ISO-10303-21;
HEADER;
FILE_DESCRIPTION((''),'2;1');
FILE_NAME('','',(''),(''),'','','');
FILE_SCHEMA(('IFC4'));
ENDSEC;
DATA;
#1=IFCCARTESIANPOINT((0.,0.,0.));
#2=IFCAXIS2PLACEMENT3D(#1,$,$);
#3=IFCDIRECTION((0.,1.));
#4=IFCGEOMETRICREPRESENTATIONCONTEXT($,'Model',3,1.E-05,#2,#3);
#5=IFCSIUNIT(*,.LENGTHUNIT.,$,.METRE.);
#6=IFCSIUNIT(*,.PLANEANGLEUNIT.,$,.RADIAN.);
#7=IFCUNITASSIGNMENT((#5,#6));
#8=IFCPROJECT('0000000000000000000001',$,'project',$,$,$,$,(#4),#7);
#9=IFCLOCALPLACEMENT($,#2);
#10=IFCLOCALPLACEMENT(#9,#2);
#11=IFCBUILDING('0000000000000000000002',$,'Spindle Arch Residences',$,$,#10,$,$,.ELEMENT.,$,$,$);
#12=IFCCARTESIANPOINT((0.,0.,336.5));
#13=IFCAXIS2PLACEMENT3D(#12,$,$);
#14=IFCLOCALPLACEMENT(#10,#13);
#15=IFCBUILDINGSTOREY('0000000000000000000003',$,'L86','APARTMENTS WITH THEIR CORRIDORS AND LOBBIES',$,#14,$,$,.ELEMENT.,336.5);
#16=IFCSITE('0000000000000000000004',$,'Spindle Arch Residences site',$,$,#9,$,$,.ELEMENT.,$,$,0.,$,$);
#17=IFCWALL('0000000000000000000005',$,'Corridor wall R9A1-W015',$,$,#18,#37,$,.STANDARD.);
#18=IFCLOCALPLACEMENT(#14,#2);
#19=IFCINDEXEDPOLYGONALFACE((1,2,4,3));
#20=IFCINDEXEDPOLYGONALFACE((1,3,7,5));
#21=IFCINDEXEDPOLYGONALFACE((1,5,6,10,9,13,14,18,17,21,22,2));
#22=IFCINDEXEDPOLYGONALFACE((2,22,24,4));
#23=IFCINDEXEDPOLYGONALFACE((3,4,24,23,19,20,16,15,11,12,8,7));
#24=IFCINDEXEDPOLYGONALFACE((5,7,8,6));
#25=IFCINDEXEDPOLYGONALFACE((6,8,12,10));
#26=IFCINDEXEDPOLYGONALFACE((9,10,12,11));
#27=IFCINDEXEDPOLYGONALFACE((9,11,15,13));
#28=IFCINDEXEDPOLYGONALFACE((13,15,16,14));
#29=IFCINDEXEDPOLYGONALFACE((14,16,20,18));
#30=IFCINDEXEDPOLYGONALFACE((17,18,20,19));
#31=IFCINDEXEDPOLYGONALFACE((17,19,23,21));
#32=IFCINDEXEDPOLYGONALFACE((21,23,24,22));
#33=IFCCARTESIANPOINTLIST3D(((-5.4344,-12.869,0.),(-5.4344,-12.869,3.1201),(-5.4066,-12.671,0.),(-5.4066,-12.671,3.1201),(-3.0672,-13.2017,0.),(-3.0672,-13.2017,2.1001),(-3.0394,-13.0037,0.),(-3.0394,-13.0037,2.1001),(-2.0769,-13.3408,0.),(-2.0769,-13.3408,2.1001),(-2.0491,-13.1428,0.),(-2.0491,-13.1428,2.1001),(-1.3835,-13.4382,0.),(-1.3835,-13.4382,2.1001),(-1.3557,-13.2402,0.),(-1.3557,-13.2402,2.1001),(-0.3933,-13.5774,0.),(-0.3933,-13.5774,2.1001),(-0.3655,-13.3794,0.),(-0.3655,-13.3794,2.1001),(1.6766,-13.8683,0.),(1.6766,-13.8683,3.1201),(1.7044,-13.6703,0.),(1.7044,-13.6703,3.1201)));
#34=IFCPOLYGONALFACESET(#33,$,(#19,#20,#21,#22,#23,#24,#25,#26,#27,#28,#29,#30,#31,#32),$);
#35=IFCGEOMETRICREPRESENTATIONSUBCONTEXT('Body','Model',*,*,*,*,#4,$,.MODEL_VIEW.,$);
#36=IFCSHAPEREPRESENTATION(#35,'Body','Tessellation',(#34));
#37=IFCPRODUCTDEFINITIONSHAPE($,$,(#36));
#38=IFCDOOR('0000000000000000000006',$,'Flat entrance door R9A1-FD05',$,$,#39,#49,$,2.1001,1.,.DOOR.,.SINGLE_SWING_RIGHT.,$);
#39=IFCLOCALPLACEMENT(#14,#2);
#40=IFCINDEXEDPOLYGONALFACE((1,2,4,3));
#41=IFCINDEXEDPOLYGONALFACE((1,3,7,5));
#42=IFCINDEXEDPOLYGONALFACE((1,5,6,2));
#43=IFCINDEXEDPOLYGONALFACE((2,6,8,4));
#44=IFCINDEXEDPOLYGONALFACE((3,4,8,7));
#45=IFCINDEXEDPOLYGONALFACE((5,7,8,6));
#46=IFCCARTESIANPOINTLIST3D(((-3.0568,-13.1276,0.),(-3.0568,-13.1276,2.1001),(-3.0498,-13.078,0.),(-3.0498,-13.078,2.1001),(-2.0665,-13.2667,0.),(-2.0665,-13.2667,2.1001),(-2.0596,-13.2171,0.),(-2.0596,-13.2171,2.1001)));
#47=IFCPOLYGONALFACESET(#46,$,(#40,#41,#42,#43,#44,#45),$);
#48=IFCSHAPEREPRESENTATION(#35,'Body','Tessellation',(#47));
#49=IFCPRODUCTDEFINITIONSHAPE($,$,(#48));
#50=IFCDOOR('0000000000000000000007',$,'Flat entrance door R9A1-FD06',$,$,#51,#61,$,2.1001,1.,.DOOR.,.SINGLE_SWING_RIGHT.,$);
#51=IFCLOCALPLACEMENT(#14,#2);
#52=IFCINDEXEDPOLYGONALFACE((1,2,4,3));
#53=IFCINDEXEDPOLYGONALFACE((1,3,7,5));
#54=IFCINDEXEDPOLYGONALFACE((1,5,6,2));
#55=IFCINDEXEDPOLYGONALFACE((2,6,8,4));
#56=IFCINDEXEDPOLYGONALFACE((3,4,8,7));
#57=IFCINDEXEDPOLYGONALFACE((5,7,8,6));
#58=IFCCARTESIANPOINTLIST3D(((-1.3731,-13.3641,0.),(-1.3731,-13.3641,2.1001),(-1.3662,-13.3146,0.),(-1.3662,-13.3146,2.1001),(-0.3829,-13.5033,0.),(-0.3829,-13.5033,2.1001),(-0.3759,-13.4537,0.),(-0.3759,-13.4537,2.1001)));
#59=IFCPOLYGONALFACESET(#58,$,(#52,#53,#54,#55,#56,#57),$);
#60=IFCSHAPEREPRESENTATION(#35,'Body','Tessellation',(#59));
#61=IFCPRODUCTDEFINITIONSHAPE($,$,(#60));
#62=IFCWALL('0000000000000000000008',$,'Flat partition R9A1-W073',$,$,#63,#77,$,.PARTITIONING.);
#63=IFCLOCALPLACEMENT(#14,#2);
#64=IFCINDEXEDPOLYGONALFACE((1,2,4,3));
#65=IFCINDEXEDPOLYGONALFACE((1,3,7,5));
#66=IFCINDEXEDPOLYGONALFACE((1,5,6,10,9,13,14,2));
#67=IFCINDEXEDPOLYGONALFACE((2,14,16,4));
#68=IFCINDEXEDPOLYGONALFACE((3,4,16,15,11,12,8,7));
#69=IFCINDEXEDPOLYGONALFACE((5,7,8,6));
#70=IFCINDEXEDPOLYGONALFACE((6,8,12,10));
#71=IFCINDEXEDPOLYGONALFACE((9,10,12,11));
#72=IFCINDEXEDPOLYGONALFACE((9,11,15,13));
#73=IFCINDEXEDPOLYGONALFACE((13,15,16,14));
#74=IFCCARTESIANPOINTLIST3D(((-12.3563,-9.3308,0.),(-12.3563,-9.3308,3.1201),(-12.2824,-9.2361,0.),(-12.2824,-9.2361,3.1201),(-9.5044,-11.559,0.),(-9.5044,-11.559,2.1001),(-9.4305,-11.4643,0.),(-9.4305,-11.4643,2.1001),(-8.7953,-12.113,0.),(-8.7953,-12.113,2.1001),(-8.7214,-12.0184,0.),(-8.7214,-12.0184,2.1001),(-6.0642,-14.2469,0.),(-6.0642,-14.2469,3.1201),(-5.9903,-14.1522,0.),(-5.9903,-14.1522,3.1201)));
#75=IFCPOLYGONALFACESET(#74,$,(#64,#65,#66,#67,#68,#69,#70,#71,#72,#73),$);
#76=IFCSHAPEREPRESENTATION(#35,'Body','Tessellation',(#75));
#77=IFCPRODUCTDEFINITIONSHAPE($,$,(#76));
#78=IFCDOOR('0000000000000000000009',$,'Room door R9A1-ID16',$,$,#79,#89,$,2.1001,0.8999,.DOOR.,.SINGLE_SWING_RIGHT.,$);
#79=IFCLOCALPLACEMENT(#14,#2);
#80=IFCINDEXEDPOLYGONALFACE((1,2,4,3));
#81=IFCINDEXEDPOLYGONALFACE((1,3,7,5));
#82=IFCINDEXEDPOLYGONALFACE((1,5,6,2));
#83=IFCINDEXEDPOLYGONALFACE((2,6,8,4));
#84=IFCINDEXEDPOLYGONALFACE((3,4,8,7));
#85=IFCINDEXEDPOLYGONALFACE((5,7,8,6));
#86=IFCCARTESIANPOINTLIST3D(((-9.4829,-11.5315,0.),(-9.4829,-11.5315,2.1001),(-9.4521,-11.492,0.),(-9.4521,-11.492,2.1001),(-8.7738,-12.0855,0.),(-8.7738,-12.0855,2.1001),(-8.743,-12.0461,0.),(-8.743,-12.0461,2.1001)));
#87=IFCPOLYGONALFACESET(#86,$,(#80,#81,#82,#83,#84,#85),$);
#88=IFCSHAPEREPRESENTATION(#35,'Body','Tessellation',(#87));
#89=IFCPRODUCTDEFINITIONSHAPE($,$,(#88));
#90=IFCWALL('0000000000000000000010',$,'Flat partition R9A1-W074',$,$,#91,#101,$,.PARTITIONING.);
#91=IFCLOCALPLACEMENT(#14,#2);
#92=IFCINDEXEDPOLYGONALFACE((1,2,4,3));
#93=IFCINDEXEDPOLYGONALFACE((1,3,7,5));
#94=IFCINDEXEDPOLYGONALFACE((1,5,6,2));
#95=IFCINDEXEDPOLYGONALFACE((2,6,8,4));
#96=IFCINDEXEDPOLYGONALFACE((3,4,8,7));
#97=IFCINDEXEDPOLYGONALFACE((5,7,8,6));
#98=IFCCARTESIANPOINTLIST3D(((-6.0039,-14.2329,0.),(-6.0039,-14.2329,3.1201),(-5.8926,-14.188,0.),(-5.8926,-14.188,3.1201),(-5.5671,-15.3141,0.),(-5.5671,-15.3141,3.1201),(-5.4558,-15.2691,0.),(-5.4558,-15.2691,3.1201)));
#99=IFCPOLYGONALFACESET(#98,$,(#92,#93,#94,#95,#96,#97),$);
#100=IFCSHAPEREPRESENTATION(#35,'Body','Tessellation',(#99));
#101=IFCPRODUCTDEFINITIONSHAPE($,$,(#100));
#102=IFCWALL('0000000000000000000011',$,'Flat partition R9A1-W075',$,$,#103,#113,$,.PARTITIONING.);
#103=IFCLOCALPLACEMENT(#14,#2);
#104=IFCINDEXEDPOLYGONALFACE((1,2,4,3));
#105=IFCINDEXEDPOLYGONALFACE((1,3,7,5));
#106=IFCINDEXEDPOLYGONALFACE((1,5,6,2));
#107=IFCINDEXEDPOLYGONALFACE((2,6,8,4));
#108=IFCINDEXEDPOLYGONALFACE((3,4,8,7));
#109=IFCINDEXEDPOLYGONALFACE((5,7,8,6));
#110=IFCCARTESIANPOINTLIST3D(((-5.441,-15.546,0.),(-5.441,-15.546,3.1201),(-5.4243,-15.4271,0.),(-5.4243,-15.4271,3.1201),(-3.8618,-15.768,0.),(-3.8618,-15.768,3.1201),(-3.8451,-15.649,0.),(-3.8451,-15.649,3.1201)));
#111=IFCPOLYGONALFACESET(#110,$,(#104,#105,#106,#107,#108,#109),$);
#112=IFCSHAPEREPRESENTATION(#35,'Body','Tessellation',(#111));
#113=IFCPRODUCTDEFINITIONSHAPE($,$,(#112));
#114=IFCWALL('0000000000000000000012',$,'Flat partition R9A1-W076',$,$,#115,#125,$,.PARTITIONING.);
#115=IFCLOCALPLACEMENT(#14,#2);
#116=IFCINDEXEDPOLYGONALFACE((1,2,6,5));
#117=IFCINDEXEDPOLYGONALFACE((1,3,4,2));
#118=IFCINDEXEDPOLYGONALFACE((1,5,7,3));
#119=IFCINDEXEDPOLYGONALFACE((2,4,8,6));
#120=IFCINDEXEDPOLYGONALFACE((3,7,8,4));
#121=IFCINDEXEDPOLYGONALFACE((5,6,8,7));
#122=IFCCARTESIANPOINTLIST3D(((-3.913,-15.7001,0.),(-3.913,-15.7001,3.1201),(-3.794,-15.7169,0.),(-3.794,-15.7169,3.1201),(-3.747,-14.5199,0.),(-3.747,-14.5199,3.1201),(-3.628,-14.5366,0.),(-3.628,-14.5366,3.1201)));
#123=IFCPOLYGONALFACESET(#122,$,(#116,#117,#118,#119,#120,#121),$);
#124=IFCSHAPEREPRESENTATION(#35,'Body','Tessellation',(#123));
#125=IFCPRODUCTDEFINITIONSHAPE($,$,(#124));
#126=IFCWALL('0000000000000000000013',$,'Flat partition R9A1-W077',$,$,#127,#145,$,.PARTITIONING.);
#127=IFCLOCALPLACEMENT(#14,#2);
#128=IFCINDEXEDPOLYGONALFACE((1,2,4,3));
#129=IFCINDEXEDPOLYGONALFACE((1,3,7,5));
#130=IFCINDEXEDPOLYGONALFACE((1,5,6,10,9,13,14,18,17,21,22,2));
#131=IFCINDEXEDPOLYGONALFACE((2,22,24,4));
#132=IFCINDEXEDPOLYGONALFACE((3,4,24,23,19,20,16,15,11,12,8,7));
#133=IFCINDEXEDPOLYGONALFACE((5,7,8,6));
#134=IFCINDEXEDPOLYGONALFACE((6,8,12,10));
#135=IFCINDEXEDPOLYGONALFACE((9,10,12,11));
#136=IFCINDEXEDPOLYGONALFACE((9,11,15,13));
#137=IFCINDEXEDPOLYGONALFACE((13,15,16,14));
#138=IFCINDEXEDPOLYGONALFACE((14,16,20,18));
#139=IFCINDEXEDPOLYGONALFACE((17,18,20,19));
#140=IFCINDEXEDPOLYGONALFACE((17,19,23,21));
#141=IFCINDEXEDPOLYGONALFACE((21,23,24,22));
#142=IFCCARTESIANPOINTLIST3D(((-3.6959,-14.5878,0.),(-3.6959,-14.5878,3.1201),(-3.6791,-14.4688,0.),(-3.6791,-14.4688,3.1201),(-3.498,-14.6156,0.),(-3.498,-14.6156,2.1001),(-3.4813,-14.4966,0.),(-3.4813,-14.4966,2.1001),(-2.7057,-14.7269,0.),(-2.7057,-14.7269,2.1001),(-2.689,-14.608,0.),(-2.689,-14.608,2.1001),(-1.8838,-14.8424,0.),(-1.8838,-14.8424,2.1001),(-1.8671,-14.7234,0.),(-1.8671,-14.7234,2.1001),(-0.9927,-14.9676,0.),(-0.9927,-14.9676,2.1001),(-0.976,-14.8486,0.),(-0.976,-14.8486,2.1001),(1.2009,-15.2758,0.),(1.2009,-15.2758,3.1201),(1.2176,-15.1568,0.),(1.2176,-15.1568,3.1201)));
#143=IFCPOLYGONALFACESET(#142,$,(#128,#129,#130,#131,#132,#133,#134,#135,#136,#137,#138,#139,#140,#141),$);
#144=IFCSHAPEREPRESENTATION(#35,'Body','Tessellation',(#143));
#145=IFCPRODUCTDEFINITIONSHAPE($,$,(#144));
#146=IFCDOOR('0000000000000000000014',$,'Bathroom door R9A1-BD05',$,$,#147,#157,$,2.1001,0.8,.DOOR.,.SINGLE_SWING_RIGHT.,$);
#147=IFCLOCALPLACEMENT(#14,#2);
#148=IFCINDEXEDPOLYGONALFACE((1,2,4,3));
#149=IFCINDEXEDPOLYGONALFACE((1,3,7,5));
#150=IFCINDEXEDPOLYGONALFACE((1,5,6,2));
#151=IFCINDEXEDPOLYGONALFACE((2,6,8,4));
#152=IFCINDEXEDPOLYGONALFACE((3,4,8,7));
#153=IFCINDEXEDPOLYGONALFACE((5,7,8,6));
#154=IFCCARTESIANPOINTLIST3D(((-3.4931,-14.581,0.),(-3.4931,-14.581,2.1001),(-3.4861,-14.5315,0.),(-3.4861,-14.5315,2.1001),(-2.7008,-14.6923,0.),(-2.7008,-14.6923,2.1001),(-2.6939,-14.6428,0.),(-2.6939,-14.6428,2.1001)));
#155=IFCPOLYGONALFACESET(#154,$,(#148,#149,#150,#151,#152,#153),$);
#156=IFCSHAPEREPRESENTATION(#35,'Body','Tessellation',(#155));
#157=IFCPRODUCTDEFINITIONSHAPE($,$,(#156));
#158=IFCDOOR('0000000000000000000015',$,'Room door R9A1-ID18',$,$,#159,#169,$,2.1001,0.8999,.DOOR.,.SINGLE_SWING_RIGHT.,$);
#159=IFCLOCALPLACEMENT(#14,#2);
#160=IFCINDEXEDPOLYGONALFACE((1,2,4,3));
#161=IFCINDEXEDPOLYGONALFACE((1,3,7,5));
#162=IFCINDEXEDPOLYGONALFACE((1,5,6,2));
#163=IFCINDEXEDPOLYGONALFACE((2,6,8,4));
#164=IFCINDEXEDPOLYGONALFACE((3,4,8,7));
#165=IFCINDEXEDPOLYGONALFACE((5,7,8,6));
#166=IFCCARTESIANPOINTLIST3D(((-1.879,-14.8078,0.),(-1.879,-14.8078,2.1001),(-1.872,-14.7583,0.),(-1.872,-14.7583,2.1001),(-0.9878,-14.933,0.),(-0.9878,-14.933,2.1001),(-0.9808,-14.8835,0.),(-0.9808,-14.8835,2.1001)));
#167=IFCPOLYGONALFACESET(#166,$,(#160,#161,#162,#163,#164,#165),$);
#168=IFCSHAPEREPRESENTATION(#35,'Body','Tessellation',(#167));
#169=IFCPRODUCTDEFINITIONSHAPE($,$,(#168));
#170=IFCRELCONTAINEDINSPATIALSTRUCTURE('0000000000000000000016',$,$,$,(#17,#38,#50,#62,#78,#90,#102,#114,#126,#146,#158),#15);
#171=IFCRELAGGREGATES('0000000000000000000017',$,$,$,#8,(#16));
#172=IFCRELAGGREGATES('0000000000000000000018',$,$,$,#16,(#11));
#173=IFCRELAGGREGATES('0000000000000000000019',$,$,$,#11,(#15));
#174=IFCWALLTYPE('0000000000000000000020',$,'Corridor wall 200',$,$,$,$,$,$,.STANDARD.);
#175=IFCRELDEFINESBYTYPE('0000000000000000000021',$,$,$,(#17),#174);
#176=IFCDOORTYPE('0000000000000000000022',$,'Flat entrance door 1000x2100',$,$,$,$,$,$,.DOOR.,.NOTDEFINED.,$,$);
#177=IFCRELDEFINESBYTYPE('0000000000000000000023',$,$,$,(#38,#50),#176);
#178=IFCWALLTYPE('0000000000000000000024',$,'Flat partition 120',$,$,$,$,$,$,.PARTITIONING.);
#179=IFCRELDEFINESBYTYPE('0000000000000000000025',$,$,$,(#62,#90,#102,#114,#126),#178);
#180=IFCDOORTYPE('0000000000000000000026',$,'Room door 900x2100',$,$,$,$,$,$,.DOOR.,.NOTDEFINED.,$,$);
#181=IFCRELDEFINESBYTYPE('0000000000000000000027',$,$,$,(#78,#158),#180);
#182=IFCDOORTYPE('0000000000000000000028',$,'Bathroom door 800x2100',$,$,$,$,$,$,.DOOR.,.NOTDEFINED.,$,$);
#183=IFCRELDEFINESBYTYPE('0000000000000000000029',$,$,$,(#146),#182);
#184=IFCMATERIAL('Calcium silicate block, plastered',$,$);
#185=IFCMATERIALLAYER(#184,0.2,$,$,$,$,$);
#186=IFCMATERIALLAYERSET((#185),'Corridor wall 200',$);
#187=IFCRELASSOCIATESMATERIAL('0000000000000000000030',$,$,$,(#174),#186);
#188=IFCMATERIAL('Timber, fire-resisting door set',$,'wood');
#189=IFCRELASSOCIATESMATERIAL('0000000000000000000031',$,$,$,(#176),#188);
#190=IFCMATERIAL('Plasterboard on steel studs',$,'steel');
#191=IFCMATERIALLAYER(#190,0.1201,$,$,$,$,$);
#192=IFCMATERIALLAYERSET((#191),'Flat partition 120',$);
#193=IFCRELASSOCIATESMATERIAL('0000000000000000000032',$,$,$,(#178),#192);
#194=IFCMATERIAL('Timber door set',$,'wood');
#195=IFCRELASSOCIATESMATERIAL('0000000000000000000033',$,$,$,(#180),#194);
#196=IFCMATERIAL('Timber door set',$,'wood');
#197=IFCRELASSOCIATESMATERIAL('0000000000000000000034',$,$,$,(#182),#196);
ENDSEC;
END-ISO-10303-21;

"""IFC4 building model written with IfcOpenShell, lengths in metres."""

from ifc_helpers import new_model, si_unit, direction, frame, frame_2d, origin, place, context, subcontext, project, spatial, rectangle, extrude, material, layer, layer_set, type_object, element, fill, save


model = new_model("IFC4")

# Units and contexts
model_context = context("Model", 3, precision=1e-05, world=origin(), true_north=direction((0.0, 1.0)))
body_context = subcontext(model_context, "Body", "Model", "MODEL_VIEW")
ifc_project = project(units=[si_unit("LENGTHUNIT", "METRE"), si_unit("PLANEANGLEUNIT", "RADIAN")], contexts=[model_context])

# Site, building, storey
site_placement = place(None, origin())
site = spatial("IfcSite", under=ifc_project, at=site_placement, Name="Spindle Arch Residences site", CompositionType="ELEMENT", RefElevation=0.0)
building_placement = place(site_placement, origin())
building = spatial("IfcBuilding", under=site, at=building_placement, Name="Spindle Arch Residences", CompositionType="ELEMENT")
storey_placement = place(building_placement, frame((0.0, 0.0, 336.5)))
storey = spatial("IfcBuildingStorey", under=building, at=storey_placement, Name="L86", Description="APARTMENTS WITH THEIR CORRIDORS AND LOBBIES", CompositionType="ELEMENT", Elevation=336.5)

# Wall, openings, doors
ifc_material_1 = material(Name="Calcium silicate block, plastered")
ifc_layer_1 = layer(ifc_material_1, 0.2)
ifc_layer_set_1 = layer_set([ifc_layer_1], Name="Corridor wall 200")
wall_type_1 = type_object("IfcWallType", Name="Corridor wall 200", PredefinedType="STANDARD", material=ifc_layer_set_1)
wall_1_placement = place(storey_placement, frame((-5.4204, -12.77, 0.0), z_axis=(0.0, 0.0, 1.0), x_axis=(0.990271, -0.139155, 0.0)))
wall_1 = element("IfcWall", 1, at=wall_1_placement, inside=storey, type_object=wall_type_1, Name="Corridor wall R9A1-W015", PredefinedType="STANDARD", context=body_context, shape_type="SweptSolid", body=[
    extrude(rectangle(XDim=7.1809, YDim=0.2, at=frame_2d((3.5903, 0.0))), origin(), (0.0, 0.0, 1.0), 3.1201),
])
opening_1_placement = place(wall_1_placement, frame((2.3904, 0.0, 0.0)))
opening_1 = element("IfcOpeningElement", 2, at=opening_1_placement, cuts=wall_1, PredefinedType="OPENING", context=body_context, shape_type="SweptSolid", body=[
    extrude(rectangle(XDim=1.0, YDim=2.1001, at=frame_2d((0.5, 1.05))), frame((0.0, 0.1099, 0.0), z_axis=(0.0, -1.0, 0.0), x_axis=(1.0, 0.0, 0.0)), (0.0, 0.0, 1.0), 0.22),
])
opening_2_placement = place(wall_1_placement, frame((4.0906, 0.0, 0.0)))
opening_2 = element("IfcOpeningElement", 3, at=opening_2_placement, cuts=wall_1, PredefinedType="OPENING", context=body_context, shape_type="SweptSolid", body=[
    extrude(rectangle(XDim=1.0, YDim=2.1001, at=frame_2d((0.5, 1.05))), frame((0.0, 0.1099, 0.0), z_axis=(0.0, -1.0, 0.0), x_axis=(1.0, 0.0, 0.0)), (0.0, 0.0, 1.0), 0.22),
])
ifc_material_2 = material(Name="Timber, fire-resisting door set", Category="wood")
door_type_1 = type_object("IfcDoorType", Name="Flat entrance door 1000x2100", OperationType="NOTDEFINED", PredefinedType="DOOR", material=ifc_material_2)
door_1_placement = place(opening_1_placement, origin())
door_1 = element("IfcDoor", 4, at=door_1_placement, inside=storey, type_object=door_type_1, Name="Flat entrance door R9A1-FD05", OperationType="SINGLE_SWING_RIGHT", OverallHeight=2.1001, OverallWidth=1.0, PredefinedType="DOOR", context=body_context, shape_type="SweptSolid", body=[
    extrude(rectangle(XDim=1.0, YDim=2.1001, at=frame_2d((0.5, 1.05))), frame((0.0, 0.0249, 0.0), z_axis=(0.0, -1.0, 0.0), x_axis=(1.0, 0.0, 0.0)), (0.0, 0.0, 1.0), 0.05),
])
fill(opening_1, door_1)
door_2_placement = place(opening_2_placement, origin())
door_2 = element("IfcDoor", 5, at=door_2_placement, inside=storey, type_object=door_type_1, Name="Flat entrance door R9A1-FD06", OperationType="SINGLE_SWING_RIGHT", OverallHeight=2.1001, OverallWidth=1.0, PredefinedType="DOOR", context=body_context, shape_type="SweptSolid", body=[
    extrude(rectangle(XDim=1.0, YDim=2.1001, at=frame_2d((0.5, 1.05))), frame((0.0, 0.0249, 0.0), z_axis=(0.0, -1.0, 0.0), x_axis=(1.0, 0.0, 0.0)), (0.0, 0.0, 1.0), 0.05),
])
fill(opening_2, door_2)

# Wall, opening, door
ifc_material_3 = material(Name="Plasterboard on steel studs", Category="steel")
ifc_layer_2 = layer(ifc_material_3, 0.1201)
ifc_layer_set_2 = layer_set([ifc_layer_2], Name="Flat partition 120")
wall_type_2 = type_object("IfcWallType", Name="Flat partition 120", PredefinedType="PARTITIONING", material=ifc_layer_set_2)
wall_2_placement = place(storey_placement, frame((-12.3193, -9.2834, 0.0), z_axis=(0.0, 0.0, 1.0), x_axis=(0.788, -0.615675, 0.0)))
wall_2 = element("IfcWall", 6, at=wall_2_placement, inside=storey, type_object=wall_type_2, Name="Flat partition R9A1-W073", PredefinedType="PARTITIONING", context=body_context, shape_type="SweptSolid", body=[
    extrude(rectangle(XDim=7.9849, YDim=0.1201, at=frame_2d((3.9924, 0.0))), origin(), (0.0, 0.0, 1.0), 3.1201),
])
opening_3_placement = place(wall_2_placement, frame((3.6191, 0.0, 0.0)))
opening_3 = element("IfcOpeningElement", 7, at=opening_3_placement, cuts=wall_2, PredefinedType="OPENING", context=body_context, shape_type="SweptSolid", body=[
    extrude(rectangle(XDim=0.8999, YDim=2.1001, at=frame_2d((0.45, 1.05))), frame((0.0, 0.0701, 0.0), z_axis=(0.0, -1.0, 0.0), x_axis=(1.0, 0.0, 0.0)), (0.0, 0.0, 1.0), 0.1401),
])
ifc_material_4 = material(Name="Timber door set", Category="wood")
door_type_2 = type_object("IfcDoorType", Name="Room door 900x2100", OperationType="NOTDEFINED", PredefinedType="DOOR", material=ifc_material_4)
door_3_placement = place(opening_3_placement, origin())
door_3 = element("IfcDoor", 8, at=door_3_placement, inside=storey, type_object=door_type_2, Name="Room door R9A1-ID16", OperationType="SINGLE_SWING_RIGHT", OverallHeight=2.1001, OverallWidth=0.8999, PredefinedType="DOOR", context=body_context, shape_type="SweptSolid", body=[
    extrude(rectangle(XDim=0.8999, YDim=2.1001, at=frame_2d((0.45, 1.05))), frame((0.0, 0.0249, 0.0), z_axis=(0.0, -1.0, 0.0), x_axis=(1.0, 0.0, 0.0)), (0.0, 0.0, 1.0), 0.05),
])
fill(opening_3, door_3)

# Walls
wall_3_placement = place(storey_placement, frame((-5.9482, -14.2104, 0.0), z_axis=(0.0, 0.0, 1.0), x_axis=(0.374602, -0.927186, 0.0)))
element("IfcWall", 9, at=wall_3_placement, inside=storey, type_object=wall_type_2, Name="Flat partition R9A1-W074", PredefinedType="PARTITIONING", context=body_context, shape_type="SweptSolid", body=[
    extrude(rectangle(XDim=1.166, YDim=0.1201, at=frame_2d((0.583, 0.0))), origin(), (0.0, 0.0, 1.0), 3.1201),
])
wall_4_placement = place(storey_placement, frame((-5.4326, -15.4866, 0.0), z_axis=(0.0, 0.0, 1.0), x_axis=(0.990268, -0.13917, 0.0)))
element("IfcWall", 10, at=wall_4_placement, inside=storey, type_object=wall_type_2, Name="Flat partition R9A1-W075", PredefinedType="PARTITIONING", context=body_context, shape_type="SweptSolid", body=[
    extrude(rectangle(XDim=1.5947, YDim=0.1201, at=frame_2d((0.7974, 0.0))), origin(), (0.0, 0.0, 1.0), 3.1201),
])
wall_5_placement = place(storey_placement, frame((-3.8535, -15.7085, 0.0), z_axis=(0.0, 0.0, 1.0), x_axis=(0.139299, 0.99025, 0.0)))
element("IfcWall", 11, at=wall_5_placement, inside=storey, type_object=wall_type_2, Name="Flat partition R9A1-W076", PredefinedType="PARTITIONING", context=body_context, shape_type="SweptSolid", body=[
    extrude(rectangle(XDim=1.1919, YDim=0.1201, at=frame_2d((0.5959, 0.0))), origin(), (0.0, 0.0, 1.0), 3.1201),
])

# Wall, openings, doors
wall_6_placement = place(storey_placement, frame((-3.6875, -14.5283, 0.0), z_axis=(0.0, 0.0, 1.0), x_axis=(0.990274, -0.139133, 0.0)))
wall_6 = element("IfcWall", 12, at=wall_6_placement, inside=storey, type_object=wall_type_2, Name="Flat partition R9A1-W077", PredefinedType="PARTITIONING", context=body_context, shape_type="SweptSolid", body=[
    extrude(rectangle(XDim=4.9448, YDim=0.1201, at=frame_2d((2.4724, 0.0))), origin(), (0.0, 0.0, 1.0), 3.1201),
])
opening_4_placement = place(wall_6_placement, frame((0.2, 0.0, 0.0)))
opening_4 = element("IfcOpeningElement", 13, at=opening_4_placement, cuts=wall_6, PredefinedType="OPENING", context=body_context, shape_type="SweptSolid", body=[
    extrude(rectangle(XDim=0.8, YDim=2.1001, at=frame_2d((0.3999, 1.05))), frame((0.0, 0.0701, 0.0), z_axis=(0.0, -1.0, 0.0), x_axis=(1.0, 0.0, 0.0)), (0.0, 0.0, 1.0), 0.1401),
])
opening_5_placement = place(wall_6_placement, frame((1.8298, 0.0, 0.0)))
opening_5 = element("IfcOpeningElement", 14, at=opening_5_placement, cuts=wall_6, PredefinedType="OPENING", context=body_context, shape_type="SweptSolid", body=[
    extrude(rectangle(XDim=0.8999, YDim=2.1001, at=frame_2d((0.45, 1.05))), frame((0.0, 0.0701, 0.0), z_axis=(0.0, -1.0, 0.0), x_axis=(1.0, 0.0, 0.0)), (0.0, 0.0, 1.0), 0.1401),
])
ifc_material_5 = material(Name="Timber door set", Category="wood")
door_type_3 = type_object("IfcDoorType", Name="Bathroom door 800x2100", OperationType="NOTDEFINED", PredefinedType="DOOR", material=ifc_material_5)
door_4_placement = place(opening_4_placement, origin())
door_4 = element("IfcDoor", 15, at=door_4_placement, inside=storey, type_object=door_type_3, Name="Bathroom door R9A1-BD05", OperationType="SINGLE_SWING_RIGHT", OverallHeight=2.1001, OverallWidth=0.8, PredefinedType="DOOR", context=body_context, shape_type="SweptSolid", body=[
    extrude(rectangle(XDim=0.8, YDim=2.1001, at=frame_2d((0.3999, 1.05))), frame((0.0, 0.0249, 0.0), z_axis=(0.0, -1.0, 0.0), x_axis=(1.0, 0.0, 0.0)), (0.0, 0.0, 1.0), 0.05),
])
fill(opening_4, door_4)
door_5_placement = place(opening_5_placement, origin())
door_5 = element("IfcDoor", 16, at=door_5_placement, inside=storey, type_object=door_type_2, Name="Room door R9A1-ID18", OperationType="SINGLE_SWING_RIGHT", OverallHeight=2.1001, OverallWidth=0.8999, PredefinedType="DOOR", context=body_context, shape_type="SweptSolid", body=[
    extrude(rectangle(XDim=0.8999, YDim=2.1001, at=frame_2d((0.45, 1.05))), frame((0.0, 0.0249, 0.0), z_axis=(0.0, -1.0, 0.0), x_axis=(1.0, 0.0, 0.0)), (0.0, 0.0, 1.0), 0.05),
])
fill(opening_5, door_5)

save(model, "model.ifc")
